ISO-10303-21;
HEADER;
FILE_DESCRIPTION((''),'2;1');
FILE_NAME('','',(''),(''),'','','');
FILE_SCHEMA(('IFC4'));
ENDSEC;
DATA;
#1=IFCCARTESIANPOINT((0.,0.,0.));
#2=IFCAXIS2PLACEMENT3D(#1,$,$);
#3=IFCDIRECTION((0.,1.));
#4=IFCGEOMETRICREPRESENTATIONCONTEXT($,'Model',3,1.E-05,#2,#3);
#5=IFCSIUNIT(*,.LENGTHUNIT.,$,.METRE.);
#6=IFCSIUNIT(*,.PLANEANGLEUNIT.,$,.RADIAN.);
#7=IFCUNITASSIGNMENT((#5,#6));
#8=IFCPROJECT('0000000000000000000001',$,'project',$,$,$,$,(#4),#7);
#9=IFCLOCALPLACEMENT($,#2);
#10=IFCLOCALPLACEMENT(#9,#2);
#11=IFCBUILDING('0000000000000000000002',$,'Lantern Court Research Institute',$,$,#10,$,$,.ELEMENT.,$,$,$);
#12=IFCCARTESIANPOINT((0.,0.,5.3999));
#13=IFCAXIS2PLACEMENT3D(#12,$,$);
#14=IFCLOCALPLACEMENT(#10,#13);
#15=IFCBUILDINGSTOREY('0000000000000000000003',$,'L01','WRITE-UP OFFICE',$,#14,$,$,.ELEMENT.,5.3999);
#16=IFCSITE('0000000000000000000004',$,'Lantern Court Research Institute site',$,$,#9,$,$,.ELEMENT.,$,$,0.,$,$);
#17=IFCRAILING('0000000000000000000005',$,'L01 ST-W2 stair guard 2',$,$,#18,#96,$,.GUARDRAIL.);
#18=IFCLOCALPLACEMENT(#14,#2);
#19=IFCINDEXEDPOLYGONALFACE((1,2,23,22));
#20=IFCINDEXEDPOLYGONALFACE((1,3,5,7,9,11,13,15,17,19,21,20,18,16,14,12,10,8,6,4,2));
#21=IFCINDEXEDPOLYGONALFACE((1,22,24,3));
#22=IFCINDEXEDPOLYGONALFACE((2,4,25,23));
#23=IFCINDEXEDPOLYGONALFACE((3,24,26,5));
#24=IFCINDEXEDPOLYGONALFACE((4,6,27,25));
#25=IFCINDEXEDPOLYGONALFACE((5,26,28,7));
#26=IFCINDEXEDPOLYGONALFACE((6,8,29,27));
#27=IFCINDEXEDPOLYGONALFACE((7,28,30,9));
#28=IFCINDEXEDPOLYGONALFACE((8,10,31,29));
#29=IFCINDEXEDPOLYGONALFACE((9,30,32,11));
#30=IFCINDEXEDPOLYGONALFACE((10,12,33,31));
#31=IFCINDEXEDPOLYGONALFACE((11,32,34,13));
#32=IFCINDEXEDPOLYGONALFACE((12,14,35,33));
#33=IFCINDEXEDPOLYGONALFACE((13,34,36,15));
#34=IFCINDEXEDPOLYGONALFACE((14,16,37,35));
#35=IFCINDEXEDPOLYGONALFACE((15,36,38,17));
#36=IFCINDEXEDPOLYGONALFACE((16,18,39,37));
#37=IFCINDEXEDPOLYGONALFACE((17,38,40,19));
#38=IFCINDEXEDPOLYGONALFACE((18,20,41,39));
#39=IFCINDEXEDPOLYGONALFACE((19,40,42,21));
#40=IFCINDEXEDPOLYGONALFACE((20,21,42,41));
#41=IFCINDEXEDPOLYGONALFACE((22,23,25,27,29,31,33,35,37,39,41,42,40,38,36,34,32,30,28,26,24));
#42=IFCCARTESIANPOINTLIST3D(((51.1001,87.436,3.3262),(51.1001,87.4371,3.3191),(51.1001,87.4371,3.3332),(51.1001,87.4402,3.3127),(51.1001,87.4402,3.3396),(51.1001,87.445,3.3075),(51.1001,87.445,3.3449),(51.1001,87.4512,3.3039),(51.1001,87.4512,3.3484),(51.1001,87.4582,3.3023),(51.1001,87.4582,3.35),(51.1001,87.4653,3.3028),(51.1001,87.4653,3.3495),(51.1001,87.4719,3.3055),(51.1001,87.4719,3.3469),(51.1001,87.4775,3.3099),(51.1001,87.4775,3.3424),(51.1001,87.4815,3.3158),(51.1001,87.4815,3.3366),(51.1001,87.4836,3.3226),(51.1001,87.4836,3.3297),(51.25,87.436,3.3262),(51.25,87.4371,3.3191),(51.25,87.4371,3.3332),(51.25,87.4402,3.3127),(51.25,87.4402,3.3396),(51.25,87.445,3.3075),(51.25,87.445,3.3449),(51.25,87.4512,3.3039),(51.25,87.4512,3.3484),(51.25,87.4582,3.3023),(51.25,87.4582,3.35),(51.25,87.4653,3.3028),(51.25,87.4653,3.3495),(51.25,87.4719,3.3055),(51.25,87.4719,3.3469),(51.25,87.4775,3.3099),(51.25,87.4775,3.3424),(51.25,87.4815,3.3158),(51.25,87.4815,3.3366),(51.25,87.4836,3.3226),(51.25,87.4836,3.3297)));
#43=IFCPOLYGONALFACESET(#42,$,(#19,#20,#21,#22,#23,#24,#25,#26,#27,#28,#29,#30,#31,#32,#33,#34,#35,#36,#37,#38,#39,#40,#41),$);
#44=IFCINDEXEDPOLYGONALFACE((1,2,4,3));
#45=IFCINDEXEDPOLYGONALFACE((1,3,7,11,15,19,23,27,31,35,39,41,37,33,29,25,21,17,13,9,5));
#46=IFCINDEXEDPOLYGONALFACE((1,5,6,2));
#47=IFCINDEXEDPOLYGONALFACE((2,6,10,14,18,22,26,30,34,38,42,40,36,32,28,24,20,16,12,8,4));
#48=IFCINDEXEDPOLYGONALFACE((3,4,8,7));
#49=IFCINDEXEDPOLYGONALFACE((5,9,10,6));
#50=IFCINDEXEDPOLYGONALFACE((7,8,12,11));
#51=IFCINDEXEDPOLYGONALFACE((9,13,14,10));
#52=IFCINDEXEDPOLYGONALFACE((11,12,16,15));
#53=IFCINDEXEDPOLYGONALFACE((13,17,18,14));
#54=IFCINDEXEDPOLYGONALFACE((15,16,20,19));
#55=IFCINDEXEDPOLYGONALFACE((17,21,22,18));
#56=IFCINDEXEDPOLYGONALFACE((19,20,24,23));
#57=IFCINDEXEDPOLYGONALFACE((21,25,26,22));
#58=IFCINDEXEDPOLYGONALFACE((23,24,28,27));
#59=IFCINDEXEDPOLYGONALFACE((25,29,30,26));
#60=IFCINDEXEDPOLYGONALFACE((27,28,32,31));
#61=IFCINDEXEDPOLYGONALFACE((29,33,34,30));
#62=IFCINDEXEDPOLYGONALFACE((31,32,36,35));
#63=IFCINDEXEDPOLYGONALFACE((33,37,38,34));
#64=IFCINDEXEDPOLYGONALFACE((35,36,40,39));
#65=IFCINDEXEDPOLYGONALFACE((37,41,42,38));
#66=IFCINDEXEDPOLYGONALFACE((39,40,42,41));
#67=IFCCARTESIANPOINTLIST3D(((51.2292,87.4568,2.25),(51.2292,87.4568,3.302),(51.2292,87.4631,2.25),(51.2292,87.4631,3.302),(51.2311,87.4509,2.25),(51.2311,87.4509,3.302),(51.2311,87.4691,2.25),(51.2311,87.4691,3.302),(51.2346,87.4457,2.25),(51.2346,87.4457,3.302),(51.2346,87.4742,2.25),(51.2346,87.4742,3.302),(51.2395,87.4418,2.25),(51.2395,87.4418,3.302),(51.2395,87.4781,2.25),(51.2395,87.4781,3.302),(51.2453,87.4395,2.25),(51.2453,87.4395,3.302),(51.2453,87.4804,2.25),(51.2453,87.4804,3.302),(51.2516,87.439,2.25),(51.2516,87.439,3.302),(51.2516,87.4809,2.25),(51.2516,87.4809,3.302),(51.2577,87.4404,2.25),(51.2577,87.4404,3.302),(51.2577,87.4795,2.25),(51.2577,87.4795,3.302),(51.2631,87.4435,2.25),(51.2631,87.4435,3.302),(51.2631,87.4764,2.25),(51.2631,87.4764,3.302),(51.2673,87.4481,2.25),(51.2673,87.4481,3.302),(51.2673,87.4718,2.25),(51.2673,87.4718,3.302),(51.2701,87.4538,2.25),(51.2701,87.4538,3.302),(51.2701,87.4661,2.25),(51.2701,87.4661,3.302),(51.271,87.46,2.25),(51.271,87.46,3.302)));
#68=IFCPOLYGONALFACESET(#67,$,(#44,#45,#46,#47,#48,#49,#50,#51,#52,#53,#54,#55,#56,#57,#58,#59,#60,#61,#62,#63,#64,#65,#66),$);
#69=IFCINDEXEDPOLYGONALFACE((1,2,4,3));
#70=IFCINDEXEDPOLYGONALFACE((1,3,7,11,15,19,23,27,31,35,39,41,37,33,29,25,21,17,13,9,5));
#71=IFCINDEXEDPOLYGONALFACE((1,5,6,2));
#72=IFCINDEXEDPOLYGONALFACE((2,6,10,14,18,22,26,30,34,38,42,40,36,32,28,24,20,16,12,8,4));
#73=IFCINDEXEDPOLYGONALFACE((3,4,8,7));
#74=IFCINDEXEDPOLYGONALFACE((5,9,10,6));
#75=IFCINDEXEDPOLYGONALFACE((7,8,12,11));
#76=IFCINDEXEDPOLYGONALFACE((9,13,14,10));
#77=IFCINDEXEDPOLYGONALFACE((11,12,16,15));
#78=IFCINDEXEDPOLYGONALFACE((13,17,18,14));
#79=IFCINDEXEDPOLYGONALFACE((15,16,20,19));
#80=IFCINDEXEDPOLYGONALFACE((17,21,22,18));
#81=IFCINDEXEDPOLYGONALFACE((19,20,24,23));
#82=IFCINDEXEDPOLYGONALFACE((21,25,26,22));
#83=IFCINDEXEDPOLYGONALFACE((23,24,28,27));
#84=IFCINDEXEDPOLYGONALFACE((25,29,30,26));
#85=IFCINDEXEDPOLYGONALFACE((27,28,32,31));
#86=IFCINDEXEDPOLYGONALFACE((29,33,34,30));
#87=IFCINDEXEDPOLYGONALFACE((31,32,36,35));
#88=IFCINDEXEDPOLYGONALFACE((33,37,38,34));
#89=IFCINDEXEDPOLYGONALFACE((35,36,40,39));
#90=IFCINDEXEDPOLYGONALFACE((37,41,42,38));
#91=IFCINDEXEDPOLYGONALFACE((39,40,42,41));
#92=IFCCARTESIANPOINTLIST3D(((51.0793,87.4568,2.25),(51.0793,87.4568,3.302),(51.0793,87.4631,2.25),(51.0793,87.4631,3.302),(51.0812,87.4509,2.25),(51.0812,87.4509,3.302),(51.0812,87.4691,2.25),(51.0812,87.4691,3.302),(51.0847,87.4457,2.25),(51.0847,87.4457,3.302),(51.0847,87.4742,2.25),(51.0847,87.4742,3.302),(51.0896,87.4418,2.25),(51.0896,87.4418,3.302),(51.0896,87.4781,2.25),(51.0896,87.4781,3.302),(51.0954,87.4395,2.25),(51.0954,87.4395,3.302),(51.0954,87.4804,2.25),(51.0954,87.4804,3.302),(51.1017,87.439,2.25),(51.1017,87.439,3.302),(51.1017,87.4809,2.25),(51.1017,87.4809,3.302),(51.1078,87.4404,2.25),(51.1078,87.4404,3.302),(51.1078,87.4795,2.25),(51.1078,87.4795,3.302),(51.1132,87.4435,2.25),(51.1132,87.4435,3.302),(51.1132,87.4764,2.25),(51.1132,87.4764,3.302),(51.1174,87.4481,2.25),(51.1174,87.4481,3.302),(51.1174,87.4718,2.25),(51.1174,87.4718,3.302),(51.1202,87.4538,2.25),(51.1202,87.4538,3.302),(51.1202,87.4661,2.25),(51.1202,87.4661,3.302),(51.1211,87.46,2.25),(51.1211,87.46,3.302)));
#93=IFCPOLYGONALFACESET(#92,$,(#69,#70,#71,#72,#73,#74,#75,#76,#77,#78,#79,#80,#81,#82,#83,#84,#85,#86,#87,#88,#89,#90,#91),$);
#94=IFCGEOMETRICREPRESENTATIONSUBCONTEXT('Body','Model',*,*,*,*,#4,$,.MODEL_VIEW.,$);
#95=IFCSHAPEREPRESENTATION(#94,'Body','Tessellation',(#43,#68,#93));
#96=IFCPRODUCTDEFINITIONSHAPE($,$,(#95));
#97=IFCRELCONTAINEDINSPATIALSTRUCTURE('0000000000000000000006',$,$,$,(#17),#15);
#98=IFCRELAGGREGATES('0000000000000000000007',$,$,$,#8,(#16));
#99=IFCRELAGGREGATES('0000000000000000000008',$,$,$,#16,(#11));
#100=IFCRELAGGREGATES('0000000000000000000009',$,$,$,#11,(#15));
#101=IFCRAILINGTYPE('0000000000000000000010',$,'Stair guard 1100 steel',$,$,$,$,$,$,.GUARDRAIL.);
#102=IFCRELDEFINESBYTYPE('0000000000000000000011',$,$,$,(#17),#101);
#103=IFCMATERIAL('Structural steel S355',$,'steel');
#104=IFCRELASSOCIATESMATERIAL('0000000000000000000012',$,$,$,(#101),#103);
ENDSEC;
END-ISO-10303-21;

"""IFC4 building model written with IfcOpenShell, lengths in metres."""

from ifc_helpers import new_model, si_unit, direction, frame, origin, origin_2d, place, context, subcontext, project, spatial, circle, extrude, material, type_object, element, save


model = new_model("IFC4")

# Units and contexts
model_context = context("Model", 3, precision=1e-05, world=origin(), true_north=direction((0.0, 1.0)))
body_context = subcontext(model_context, "Body", "Model", "MODEL_VIEW")
ifc_project = project(units=[si_unit("LENGTHUNIT", "METRE"), si_unit("PLANEANGLEUNIT", "RADIAN")], contexts=[model_context])

# Site, building, storey
site_placement = place(None, origin())
site = spatial("IfcSite", under=ifc_project, at=site_placement, Name="Lantern Court Research Institute site", CompositionType="ELEMENT", RefElevation=0.0)
building_placement = place(site_placement, origin())
building = spatial("IfcBuilding", under=site, at=building_placement, Name="Lantern Court Research Institute", CompositionType="ELEMENT")
storey_placement = place(building_placement, frame((0.0, 0.0, 5.3999)))
storey = spatial("IfcBuildingStorey", under=building, at=storey_placement, Name="L01", Description="WRITE-UP OFFICE", CompositionType="ELEMENT", Elevation=5.3999)

# Railing
ifc_material_1 = material(Name="Structural steel S355", Category="steel")
railing_type_1 = type_object("IfcRailingType", Name="Stair guard 1100 steel", PredefinedType="GUARDRAIL", material=ifc_material_1)
railing_1_placement = place(storey_placement, frame((51.25, 87.46, 2.25)))
element("IfcRailing", 1, at=railing_1_placement, inside=storey, type_object=railing_type_1, Name="L01 ST-W2 stair guard 2", PredefinedType="GUARDRAIL", context=body_context, shape_type="SweptSolid", body=[
    extrude(circle(Radius=0.0239, at=origin_2d()), frame((0.0, 0.0, 1.0762), z_axis=(-1.0, 0.0, 0.0), x_axis=(0.0, -1.0, 0.0)), (0.0, 0.0, 1.0), 0.1499),
    extrude(circle(Radius=0.021, at=origin_2d()), origin(), (0.0, 0.0, 1.0), 1.052),
    extrude(circle(Radius=0.021, at=origin_2d()), frame((-0.1499, 0.0, 0.0)), (0.0, 0.0, 1.0), 1.052),
])

save(model, "model.ifc")
